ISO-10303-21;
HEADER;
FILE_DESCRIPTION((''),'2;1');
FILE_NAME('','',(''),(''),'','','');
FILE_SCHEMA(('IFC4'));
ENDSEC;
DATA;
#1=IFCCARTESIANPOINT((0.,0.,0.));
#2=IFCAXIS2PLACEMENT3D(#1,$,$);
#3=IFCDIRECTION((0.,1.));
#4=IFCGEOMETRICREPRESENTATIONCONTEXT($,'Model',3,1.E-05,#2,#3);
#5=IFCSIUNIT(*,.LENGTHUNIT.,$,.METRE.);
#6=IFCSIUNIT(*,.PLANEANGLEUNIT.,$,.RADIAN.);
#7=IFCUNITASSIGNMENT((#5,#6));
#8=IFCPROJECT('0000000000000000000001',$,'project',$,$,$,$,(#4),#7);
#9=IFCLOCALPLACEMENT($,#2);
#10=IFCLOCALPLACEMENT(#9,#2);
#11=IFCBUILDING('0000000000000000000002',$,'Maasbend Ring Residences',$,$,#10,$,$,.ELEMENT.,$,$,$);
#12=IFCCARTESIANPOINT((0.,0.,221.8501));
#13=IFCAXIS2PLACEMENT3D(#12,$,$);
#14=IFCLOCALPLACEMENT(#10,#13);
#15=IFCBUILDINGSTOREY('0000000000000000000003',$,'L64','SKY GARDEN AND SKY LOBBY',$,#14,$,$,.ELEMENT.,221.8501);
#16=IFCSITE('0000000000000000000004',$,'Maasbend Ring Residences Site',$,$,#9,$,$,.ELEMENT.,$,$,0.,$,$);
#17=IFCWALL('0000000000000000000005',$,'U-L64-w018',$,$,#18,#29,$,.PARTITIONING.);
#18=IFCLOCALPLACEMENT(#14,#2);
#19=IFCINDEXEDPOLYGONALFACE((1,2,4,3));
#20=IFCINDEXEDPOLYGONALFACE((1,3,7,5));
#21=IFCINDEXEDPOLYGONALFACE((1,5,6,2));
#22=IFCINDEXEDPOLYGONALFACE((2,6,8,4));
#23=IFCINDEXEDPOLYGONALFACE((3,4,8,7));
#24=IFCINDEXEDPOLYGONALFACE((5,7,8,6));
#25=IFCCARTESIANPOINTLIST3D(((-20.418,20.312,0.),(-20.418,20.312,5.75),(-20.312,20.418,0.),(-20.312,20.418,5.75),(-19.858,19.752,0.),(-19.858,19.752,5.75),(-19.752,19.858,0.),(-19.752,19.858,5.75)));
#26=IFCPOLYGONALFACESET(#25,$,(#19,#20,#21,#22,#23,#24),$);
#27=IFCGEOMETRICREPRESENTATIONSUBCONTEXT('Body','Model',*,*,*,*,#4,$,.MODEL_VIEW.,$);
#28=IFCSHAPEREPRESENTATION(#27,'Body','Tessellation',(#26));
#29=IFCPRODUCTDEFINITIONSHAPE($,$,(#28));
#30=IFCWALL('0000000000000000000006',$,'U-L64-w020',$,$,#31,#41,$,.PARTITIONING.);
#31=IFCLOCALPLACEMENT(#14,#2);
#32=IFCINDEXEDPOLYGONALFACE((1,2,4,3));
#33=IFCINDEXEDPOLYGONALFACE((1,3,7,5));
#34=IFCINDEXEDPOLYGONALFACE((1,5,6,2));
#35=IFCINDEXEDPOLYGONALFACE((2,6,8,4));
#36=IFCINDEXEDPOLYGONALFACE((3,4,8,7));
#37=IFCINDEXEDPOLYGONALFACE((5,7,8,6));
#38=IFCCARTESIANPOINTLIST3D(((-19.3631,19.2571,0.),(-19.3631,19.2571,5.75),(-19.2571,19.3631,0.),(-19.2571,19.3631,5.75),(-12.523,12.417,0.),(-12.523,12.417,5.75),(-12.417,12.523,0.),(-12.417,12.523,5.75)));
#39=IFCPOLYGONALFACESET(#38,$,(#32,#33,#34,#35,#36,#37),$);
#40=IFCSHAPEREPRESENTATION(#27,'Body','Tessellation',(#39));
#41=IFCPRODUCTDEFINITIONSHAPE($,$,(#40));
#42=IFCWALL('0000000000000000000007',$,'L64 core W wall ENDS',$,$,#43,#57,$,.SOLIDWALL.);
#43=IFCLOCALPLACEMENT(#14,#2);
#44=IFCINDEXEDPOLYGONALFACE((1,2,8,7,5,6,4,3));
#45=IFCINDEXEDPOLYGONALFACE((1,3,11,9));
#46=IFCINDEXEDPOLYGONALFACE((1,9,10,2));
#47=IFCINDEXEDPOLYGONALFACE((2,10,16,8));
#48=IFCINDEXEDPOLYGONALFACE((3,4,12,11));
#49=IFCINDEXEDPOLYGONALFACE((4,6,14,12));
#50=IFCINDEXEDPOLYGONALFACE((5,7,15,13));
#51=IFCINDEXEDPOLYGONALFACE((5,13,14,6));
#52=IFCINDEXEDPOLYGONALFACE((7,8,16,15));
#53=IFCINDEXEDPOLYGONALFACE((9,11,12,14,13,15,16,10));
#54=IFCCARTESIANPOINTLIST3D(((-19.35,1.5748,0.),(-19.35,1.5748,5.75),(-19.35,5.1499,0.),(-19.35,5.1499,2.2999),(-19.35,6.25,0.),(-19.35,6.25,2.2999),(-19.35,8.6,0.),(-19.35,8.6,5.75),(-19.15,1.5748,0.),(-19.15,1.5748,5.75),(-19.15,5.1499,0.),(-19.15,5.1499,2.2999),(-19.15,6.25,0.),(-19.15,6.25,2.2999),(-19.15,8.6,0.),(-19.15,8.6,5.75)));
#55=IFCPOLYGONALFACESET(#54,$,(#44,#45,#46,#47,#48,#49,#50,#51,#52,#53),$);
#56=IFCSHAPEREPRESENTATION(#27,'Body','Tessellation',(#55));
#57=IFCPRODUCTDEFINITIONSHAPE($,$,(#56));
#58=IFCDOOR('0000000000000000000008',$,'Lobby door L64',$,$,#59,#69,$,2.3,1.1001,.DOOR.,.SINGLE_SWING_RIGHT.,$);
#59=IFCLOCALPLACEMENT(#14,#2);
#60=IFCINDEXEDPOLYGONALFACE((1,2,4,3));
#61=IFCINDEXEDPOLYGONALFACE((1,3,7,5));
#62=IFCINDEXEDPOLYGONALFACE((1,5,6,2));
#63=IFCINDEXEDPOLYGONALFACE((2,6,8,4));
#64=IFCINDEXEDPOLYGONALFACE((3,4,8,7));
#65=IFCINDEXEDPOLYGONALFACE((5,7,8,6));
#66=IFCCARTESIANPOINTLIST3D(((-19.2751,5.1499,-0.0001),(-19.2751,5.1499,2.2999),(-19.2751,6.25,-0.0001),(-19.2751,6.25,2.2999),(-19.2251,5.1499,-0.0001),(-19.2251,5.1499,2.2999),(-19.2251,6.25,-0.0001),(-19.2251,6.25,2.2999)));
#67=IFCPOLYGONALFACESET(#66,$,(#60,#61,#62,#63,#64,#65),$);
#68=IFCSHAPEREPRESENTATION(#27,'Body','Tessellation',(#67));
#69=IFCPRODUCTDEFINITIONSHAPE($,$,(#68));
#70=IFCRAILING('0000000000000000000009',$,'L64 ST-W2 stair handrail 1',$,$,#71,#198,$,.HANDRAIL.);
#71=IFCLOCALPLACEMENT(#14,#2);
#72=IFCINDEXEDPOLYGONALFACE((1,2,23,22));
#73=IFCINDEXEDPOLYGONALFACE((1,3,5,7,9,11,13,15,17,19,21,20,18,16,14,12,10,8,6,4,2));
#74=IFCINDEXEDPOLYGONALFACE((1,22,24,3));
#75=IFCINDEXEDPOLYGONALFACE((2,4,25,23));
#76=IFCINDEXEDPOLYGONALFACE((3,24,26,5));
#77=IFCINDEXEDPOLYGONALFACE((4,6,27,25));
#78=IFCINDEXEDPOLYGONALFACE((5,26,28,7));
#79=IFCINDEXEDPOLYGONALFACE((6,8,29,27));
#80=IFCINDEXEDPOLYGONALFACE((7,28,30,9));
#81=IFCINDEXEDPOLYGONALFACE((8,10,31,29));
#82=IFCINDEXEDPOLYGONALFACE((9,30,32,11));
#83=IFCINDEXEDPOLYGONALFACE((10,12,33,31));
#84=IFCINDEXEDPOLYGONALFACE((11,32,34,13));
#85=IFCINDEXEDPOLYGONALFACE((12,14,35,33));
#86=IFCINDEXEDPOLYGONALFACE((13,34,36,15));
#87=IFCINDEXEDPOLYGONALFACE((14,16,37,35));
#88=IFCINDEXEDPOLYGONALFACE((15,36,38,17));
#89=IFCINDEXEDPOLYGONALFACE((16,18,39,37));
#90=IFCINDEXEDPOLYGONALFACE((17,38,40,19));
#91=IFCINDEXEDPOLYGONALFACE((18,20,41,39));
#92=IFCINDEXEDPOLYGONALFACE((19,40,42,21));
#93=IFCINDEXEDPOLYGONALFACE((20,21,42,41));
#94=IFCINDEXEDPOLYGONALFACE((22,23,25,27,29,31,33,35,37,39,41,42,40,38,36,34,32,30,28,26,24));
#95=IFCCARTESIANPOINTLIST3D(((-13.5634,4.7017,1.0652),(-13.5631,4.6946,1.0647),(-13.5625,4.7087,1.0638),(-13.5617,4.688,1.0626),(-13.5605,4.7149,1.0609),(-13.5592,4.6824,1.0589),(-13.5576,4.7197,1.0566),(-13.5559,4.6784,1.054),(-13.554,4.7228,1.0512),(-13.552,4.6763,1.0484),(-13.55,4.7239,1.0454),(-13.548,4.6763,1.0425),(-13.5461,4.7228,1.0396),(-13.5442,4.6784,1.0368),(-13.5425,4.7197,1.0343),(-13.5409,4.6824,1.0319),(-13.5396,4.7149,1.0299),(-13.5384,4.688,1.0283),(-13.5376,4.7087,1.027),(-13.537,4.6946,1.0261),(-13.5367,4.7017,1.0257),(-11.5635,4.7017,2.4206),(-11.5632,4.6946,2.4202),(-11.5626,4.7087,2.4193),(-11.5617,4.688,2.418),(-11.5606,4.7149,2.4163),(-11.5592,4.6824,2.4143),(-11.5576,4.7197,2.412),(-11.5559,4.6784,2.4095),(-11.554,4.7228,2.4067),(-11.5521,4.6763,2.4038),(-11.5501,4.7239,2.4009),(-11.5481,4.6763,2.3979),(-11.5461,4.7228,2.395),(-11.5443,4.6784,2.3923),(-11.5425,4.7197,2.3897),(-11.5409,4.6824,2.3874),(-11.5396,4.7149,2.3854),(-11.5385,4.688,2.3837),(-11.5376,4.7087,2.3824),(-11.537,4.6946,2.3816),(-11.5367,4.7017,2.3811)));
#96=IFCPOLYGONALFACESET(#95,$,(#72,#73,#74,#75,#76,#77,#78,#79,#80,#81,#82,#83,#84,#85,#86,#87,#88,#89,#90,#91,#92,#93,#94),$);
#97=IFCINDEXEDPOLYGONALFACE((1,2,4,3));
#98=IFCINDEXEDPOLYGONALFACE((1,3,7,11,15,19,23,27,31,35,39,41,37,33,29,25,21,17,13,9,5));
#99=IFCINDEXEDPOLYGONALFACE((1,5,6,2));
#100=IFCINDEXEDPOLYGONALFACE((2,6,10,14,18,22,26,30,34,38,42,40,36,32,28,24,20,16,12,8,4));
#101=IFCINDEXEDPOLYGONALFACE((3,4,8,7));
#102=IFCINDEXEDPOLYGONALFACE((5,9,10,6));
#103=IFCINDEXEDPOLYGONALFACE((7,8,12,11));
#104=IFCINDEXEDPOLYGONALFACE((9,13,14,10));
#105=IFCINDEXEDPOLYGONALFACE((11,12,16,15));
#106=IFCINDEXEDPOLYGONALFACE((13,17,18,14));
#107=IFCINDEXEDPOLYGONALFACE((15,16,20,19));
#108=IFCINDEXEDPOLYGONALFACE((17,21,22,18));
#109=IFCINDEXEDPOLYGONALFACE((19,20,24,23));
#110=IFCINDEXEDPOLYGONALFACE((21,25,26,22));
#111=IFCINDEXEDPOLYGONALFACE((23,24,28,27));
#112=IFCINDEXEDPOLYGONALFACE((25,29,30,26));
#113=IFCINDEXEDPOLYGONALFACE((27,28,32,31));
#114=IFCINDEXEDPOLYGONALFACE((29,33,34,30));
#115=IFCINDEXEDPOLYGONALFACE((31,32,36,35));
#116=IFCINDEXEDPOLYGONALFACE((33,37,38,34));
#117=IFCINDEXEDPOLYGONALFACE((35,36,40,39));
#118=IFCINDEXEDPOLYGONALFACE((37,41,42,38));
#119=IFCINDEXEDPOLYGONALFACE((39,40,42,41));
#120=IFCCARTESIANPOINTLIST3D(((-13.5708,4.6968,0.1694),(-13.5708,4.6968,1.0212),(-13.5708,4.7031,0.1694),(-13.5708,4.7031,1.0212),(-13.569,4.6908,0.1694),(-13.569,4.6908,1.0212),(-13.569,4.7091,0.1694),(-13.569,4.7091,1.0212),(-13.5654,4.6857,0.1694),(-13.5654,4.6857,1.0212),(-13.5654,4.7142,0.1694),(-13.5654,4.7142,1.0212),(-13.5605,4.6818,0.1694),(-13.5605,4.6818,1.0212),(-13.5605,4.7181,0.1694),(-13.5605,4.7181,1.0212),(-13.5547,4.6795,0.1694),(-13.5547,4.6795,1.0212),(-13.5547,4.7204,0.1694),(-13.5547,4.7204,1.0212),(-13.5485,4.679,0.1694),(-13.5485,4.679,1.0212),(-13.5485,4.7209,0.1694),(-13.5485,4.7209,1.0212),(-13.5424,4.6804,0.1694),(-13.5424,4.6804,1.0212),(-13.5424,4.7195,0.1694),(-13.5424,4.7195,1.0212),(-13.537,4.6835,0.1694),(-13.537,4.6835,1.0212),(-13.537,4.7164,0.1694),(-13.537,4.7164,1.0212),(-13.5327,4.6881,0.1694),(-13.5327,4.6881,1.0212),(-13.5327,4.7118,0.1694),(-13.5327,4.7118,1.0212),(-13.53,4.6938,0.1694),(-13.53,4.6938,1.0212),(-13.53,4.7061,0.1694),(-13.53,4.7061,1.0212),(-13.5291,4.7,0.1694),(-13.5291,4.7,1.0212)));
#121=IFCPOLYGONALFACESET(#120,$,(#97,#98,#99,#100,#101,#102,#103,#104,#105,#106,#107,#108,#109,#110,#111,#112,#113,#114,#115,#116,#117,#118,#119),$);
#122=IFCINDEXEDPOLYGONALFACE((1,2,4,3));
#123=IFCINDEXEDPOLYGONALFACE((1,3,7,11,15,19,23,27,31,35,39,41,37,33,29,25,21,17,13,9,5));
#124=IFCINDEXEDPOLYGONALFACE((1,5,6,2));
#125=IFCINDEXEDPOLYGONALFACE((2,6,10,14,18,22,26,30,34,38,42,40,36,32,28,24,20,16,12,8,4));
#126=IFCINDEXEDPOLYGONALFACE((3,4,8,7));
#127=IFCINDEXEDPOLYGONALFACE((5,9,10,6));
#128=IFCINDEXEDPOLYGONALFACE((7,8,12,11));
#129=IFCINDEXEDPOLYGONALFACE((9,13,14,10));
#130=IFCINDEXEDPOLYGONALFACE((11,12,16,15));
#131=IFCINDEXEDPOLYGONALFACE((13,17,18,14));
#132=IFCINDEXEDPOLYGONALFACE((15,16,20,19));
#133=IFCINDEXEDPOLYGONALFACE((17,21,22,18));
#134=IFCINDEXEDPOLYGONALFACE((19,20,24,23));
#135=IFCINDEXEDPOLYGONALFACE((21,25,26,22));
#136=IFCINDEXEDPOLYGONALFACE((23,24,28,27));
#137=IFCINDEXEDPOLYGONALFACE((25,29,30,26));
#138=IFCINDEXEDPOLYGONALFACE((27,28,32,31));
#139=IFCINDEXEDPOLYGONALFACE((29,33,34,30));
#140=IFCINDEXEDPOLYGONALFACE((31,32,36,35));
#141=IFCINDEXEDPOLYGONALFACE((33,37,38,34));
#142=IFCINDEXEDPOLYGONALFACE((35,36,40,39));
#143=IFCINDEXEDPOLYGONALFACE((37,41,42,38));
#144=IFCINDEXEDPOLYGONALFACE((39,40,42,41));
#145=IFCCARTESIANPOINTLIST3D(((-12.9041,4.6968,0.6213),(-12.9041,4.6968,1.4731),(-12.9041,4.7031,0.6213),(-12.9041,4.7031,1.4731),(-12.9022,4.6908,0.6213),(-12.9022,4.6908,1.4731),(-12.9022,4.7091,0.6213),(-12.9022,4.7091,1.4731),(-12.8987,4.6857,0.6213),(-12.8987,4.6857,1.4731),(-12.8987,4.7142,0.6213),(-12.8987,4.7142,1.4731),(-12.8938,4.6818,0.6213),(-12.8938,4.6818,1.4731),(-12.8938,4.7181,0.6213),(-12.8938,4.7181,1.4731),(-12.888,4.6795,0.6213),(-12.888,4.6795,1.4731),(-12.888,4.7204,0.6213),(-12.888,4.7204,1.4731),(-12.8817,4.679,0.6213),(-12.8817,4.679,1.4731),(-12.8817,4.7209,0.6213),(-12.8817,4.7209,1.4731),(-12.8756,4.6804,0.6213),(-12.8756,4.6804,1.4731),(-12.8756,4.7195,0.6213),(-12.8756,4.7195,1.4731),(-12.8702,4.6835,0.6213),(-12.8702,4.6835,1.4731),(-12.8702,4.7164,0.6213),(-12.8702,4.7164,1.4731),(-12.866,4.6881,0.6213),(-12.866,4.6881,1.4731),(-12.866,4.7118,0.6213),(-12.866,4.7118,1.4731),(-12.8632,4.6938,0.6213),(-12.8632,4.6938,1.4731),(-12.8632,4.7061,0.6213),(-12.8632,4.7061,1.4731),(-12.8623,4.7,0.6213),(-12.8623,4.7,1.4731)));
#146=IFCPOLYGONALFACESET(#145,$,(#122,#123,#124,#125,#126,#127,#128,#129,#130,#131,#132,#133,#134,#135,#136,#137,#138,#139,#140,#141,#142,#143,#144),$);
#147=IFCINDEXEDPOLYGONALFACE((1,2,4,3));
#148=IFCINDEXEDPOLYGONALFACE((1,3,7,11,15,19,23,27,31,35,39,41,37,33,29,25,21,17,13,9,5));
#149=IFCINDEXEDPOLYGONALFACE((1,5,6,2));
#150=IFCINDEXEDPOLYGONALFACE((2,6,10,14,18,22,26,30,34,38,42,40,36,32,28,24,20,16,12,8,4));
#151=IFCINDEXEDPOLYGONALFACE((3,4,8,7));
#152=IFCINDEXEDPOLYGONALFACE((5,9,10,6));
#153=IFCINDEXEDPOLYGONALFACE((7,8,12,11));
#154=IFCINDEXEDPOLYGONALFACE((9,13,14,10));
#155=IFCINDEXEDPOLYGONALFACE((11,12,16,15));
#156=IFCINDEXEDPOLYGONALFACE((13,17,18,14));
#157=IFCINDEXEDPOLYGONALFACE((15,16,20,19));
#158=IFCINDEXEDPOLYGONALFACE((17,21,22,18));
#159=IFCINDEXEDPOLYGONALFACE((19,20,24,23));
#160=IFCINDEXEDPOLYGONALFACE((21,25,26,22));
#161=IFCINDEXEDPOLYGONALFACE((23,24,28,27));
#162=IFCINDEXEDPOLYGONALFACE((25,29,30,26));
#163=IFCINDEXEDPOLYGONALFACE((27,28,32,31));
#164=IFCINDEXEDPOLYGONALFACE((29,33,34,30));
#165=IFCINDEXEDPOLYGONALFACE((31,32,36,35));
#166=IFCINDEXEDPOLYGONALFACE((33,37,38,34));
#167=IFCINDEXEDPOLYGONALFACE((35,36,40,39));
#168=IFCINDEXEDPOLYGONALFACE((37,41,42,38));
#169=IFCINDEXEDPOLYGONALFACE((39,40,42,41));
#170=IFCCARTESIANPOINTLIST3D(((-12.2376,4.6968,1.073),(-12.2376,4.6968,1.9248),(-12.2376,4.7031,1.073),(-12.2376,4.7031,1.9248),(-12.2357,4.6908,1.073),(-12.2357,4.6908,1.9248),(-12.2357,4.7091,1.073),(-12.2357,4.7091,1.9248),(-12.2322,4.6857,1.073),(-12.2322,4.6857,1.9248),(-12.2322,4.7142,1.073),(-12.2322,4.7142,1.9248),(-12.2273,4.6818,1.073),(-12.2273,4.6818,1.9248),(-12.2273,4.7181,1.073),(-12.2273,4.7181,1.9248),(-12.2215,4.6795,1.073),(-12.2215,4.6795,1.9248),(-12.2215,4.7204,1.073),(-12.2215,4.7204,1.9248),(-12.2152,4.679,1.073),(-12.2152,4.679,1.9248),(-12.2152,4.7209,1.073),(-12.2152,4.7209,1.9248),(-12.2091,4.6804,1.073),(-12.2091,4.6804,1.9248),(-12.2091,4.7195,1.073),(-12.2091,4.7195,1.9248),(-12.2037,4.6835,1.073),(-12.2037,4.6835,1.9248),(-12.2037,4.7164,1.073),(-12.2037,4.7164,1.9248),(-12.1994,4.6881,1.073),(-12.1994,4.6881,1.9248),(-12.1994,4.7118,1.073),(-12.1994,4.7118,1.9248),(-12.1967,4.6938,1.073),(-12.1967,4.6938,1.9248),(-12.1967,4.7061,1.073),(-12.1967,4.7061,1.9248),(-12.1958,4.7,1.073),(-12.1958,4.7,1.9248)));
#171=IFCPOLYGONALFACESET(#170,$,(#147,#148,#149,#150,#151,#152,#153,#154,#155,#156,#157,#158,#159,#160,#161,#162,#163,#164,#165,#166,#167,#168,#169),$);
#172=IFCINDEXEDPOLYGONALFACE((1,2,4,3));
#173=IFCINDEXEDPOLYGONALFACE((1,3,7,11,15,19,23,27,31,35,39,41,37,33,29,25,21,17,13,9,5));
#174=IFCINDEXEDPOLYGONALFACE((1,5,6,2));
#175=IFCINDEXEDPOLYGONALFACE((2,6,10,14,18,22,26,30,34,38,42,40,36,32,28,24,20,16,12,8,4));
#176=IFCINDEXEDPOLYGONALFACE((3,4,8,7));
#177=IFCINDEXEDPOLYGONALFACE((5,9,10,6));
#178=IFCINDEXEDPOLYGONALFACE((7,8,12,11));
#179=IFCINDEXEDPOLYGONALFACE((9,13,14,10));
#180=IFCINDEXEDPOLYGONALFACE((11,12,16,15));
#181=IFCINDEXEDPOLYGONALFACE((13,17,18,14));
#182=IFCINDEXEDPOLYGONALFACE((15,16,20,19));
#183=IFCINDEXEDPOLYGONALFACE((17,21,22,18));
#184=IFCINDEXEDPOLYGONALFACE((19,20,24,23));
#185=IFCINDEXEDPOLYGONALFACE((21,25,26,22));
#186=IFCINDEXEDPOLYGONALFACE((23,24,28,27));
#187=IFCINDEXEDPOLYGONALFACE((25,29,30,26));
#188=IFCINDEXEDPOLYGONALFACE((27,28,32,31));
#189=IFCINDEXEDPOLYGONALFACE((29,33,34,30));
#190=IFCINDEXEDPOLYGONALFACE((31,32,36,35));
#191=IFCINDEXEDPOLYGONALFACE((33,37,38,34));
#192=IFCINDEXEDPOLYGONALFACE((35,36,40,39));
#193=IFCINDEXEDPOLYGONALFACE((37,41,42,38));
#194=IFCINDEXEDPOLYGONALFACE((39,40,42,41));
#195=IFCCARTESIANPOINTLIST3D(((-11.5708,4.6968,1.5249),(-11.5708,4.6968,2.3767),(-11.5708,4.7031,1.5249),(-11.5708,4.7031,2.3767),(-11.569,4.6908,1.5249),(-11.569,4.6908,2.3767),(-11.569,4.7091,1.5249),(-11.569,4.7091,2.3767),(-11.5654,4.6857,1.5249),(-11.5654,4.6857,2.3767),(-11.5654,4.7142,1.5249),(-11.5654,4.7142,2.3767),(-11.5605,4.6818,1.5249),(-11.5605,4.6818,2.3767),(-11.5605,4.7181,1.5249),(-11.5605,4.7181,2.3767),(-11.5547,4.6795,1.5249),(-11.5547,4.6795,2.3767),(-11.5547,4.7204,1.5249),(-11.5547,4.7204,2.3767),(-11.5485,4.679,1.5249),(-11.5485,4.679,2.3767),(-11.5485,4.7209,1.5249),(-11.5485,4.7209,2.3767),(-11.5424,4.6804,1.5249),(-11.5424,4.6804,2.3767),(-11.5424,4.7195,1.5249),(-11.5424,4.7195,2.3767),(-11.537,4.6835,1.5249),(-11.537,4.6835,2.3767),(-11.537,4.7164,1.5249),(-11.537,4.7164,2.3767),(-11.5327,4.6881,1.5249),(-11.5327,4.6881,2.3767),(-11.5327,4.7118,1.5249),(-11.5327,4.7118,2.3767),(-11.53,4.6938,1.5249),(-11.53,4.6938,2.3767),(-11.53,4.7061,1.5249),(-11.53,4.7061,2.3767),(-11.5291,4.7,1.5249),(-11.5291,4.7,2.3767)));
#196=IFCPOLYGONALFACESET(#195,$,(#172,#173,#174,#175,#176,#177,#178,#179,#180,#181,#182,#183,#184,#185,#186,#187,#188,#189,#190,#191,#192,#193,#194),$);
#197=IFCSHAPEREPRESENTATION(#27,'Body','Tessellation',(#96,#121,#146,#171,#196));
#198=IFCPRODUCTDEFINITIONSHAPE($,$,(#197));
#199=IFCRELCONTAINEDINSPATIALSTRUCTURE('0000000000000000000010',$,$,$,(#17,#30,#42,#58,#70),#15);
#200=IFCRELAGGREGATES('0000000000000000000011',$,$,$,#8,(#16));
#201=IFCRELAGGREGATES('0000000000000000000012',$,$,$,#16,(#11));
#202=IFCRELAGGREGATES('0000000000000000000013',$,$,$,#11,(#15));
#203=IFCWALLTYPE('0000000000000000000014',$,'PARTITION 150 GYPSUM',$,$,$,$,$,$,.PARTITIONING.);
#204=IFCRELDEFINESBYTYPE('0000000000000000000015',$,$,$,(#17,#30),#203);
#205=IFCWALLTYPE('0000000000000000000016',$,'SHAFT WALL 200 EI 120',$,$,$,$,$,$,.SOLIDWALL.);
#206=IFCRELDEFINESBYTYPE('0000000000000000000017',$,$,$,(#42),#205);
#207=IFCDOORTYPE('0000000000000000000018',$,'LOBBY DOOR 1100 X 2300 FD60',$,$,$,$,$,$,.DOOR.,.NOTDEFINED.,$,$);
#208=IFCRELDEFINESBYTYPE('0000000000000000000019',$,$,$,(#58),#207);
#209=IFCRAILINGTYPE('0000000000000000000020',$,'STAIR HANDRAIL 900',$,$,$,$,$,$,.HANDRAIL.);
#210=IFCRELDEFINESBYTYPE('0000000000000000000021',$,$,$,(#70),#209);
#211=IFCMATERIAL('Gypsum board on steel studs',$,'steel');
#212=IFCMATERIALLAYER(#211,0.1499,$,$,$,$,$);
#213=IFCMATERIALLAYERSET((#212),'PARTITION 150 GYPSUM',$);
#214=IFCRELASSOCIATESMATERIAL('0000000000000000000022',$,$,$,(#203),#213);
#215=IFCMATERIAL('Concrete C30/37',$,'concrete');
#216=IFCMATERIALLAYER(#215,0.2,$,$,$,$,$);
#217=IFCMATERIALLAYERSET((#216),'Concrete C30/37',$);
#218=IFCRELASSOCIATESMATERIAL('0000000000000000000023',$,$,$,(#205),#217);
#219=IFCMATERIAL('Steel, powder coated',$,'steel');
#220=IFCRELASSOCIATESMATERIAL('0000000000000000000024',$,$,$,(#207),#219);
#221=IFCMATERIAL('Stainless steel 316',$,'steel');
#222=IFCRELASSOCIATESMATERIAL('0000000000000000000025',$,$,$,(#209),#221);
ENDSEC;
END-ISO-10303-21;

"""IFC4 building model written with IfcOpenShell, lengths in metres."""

from ifc_helpers import new_model, si_unit, direction, frame, frame_2d, origin, origin_2d, place, context, subcontext, project, spatial, rectangle, circle, extrude, material, layer, layer_set, type_object, element, fill, save


model = new_model("IFC4")

# Units and contexts
model_context = context("Model", 3, precision=1e-05, world=origin(), true_north=direction((0.0, 1.0)))
body_context = subcontext(model_context, "Body", "Model", "MODEL_VIEW")
ifc_project = project(units=[si_unit("LENGTHUNIT", "METRE"), si_unit("PLANEANGLEUNIT", "RADIAN")], contexts=[model_context])

# Site, building, storey
site_placement = place(None, origin())
site = spatial("IfcSite", under=ifc_project, at=site_placement, Name="Maasbend Ring Residences Site", CompositionType="ELEMENT", RefElevation=0.0)
building_placement = place(site_placement, origin())
building = spatial("IfcBuilding", under=site, at=building_placement, Name="Maasbend Ring Residences", CompositionType="ELEMENT")
storey_placement = place(building_placement, frame((0.0, 0.0, 221.8501)))
storey = spatial("IfcBuildingStorey", under=building, at=storey_placement, Name="L64", Description="SKY GARDEN AND SKY LOBBY", CompositionType="ELEMENT", Elevation=221.8501)

# Walls
ifc_material_1 = material(Name="Gypsum board on steel studs", Category="steel")
ifc_layer_1 = layer(ifc_material_1, 0.1499)
ifc_layer_set_1 = layer_set([ifc_layer_1], Name="PARTITION 150 GYPSUM")
wall_type_1 = type_object("IfcWallType", Name="PARTITION 150 GYPSUM", PredefinedType="PARTITIONING", material=ifc_layer_set_1)
wall_1_placement = place(storey_placement, frame((-20.365, 20.365, 0.0), z_axis=(0.0, 0.0, 1.0), x_axis=(0.707107, -0.707107, 0.0)))
element("IfcWall", 1, at=wall_1_placement, inside=storey, type_object=wall_type_1, Name="U-L64-w018", PredefinedType="PARTITIONING", context=body_context, shape_type="SweptSolid", body=[
    extrude(rectangle(XDim=0.792, YDim=0.1499, at=frame_2d((0.396, 0.0))), origin(), (0.0, 0.0, 1.0), 5.75),
])
wall_2_placement = place(storey_placement, frame((-19.3101, 19.3101, 0.0), z_axis=(0.0, 0.0, 1.0), x_axis=(0.707107, -0.707107, 0.0)))
element("IfcWall", 2, at=wall_2_placement, inside=storey, type_object=wall_type_1, Name="U-L64-w020", PredefinedType="PARTITIONING", context=body_context, shape_type="SweptSolid", body=[
    extrude(rectangle(XDim=9.6733, YDim=0.1499, at=frame_2d((4.8367, 0.0))), origin(), (0.0, 0.0, 1.0), 5.75),
])

# Wall, opening, door
ifc_material_2 = material(Name="Concrete C30/37", Category="concrete")
ifc_layer_2 = layer(ifc_material_2, 0.2)
ifc_layer_set_2 = layer_set([ifc_layer_2], Name="Concrete C30/37")
wall_type_2 = type_object("IfcWallType", Name="SHAFT WALL 200 EI 120", PredefinedType="SOLIDWALL", material=ifc_layer_set_2)
wall_3_placement = place(storey_placement, frame((-19.25, 8.6001, 0.0), z_axis=(0.0, 0.0, 1.0), x_axis=(0.0, -1.0, 0.0)))
wall_3 = element("IfcWall", 3, at=wall_3_placement, inside=storey, type_object=wall_type_2, Name="L64 core W wall ENDS", PredefinedType="SOLIDWALL", context=body_context, shape_type="SweptSolid", body=[
    extrude(rectangle(XDim=7.0251, YDim=0.2, at=frame_2d((3.5127, 0.0))), origin(), (0.0, 0.0, 1.0), 5.75),
])
opening_1_placement = place(wall_3_placement, frame((2.3501, 0.0, 0.0)))
opening_1 = element("IfcOpeningElement", 4, at=opening_1_placement, cuts=wall_3, PredefinedType="OPENING", context=body_context, shape_type="SweptSolid", body=[
    extrude(rectangle(XDim=1.1001, YDim=2.3, at=frame_2d((0.55, 1.1499))), frame((0.0, 0.1099, 0.0), z_axis=(0.0, -1.0, 0.0), x_axis=(1.0, 0.0, 0.0)), (0.0, 0.0, 1.0), 0.22),
])
ifc_material_3 = material(Name="Steel, powder coated", Category="steel")
door_type_1 = type_object("IfcDoorType", Name="LOBBY DOOR 1100 X 2300 FD60", OperationType="NOTDEFINED", PredefinedType="DOOR", material=ifc_material_3)
door_1_placement = place(opening_1_placement, origin())
door_1 = element("IfcDoor", 5, at=door_1_placement, inside=storey, type_object=door_type_1, Name="Lobby door L64", OperationType="SINGLE_SWING_RIGHT", OverallHeight=2.3, OverallWidth=1.1001, PredefinedType="DOOR", context=body_context, shape_type="SweptSolid", body=[
    extrude(rectangle(XDim=1.1001, YDim=2.3, at=frame_2d((0.55, 1.1499))), frame((0.0, 0.0249, 0.0), z_axis=(0.0, -1.0, 0.0), x_axis=(1.0, 0.0, 0.0)), (0.0, 0.0, 1.0), 0.05),
])
fill(opening_1, door_1)

# Railing
ifc_material_4 = material(Name="Stainless steel 316", Category="steel")
railing_type_1 = type_object("IfcRailingType", Name="STAIR HANDRAIL 900", PredefinedType="HANDRAIL", material=ifc_material_4)
railing_1_placement = place(storey_placement, frame((-13.55, 4.7, 0.1694)))
element("IfcRailing", 6, at=railing_1_placement, inside=storey, type_object=railing_type_1, Name="L64 ST-W2 stair handrail 1", PredefinedType="HANDRAIL", context=body_context, shape_type="SweptSolid", body=[
    extrude(circle(Radius=0.0239, at=origin_2d()), frame((0.0, 0.0, 0.876), z_axis=(0.827798, 0.0, 0.561027), x_axis=(0.0, 1.0, 0.0)), (0.0, 0.0, 1.0), 2.416),
    extrude(circle(Radius=0.021, at=origin_2d()), origin(), (0.0, 0.0, 1.0), 0.8518),
    extrude(circle(Radius=0.021, at=origin_2d()), frame((0.6667, 0.0, 0.4519)), (0.0, 0.0, 1.0), 0.8518),
    extrude(circle(Radius=0.021, at=origin_2d()), frame((1.3333, 0.0, 0.9036)), (0.0, 0.0, 1.0), 0.8518),
    extrude(circle(Radius=0.021, at=origin_2d()), frame((2.0, 0.0, 1.3555)), (0.0, 0.0, 1.0), 0.8518),
])

save(model, "model.ifc")
